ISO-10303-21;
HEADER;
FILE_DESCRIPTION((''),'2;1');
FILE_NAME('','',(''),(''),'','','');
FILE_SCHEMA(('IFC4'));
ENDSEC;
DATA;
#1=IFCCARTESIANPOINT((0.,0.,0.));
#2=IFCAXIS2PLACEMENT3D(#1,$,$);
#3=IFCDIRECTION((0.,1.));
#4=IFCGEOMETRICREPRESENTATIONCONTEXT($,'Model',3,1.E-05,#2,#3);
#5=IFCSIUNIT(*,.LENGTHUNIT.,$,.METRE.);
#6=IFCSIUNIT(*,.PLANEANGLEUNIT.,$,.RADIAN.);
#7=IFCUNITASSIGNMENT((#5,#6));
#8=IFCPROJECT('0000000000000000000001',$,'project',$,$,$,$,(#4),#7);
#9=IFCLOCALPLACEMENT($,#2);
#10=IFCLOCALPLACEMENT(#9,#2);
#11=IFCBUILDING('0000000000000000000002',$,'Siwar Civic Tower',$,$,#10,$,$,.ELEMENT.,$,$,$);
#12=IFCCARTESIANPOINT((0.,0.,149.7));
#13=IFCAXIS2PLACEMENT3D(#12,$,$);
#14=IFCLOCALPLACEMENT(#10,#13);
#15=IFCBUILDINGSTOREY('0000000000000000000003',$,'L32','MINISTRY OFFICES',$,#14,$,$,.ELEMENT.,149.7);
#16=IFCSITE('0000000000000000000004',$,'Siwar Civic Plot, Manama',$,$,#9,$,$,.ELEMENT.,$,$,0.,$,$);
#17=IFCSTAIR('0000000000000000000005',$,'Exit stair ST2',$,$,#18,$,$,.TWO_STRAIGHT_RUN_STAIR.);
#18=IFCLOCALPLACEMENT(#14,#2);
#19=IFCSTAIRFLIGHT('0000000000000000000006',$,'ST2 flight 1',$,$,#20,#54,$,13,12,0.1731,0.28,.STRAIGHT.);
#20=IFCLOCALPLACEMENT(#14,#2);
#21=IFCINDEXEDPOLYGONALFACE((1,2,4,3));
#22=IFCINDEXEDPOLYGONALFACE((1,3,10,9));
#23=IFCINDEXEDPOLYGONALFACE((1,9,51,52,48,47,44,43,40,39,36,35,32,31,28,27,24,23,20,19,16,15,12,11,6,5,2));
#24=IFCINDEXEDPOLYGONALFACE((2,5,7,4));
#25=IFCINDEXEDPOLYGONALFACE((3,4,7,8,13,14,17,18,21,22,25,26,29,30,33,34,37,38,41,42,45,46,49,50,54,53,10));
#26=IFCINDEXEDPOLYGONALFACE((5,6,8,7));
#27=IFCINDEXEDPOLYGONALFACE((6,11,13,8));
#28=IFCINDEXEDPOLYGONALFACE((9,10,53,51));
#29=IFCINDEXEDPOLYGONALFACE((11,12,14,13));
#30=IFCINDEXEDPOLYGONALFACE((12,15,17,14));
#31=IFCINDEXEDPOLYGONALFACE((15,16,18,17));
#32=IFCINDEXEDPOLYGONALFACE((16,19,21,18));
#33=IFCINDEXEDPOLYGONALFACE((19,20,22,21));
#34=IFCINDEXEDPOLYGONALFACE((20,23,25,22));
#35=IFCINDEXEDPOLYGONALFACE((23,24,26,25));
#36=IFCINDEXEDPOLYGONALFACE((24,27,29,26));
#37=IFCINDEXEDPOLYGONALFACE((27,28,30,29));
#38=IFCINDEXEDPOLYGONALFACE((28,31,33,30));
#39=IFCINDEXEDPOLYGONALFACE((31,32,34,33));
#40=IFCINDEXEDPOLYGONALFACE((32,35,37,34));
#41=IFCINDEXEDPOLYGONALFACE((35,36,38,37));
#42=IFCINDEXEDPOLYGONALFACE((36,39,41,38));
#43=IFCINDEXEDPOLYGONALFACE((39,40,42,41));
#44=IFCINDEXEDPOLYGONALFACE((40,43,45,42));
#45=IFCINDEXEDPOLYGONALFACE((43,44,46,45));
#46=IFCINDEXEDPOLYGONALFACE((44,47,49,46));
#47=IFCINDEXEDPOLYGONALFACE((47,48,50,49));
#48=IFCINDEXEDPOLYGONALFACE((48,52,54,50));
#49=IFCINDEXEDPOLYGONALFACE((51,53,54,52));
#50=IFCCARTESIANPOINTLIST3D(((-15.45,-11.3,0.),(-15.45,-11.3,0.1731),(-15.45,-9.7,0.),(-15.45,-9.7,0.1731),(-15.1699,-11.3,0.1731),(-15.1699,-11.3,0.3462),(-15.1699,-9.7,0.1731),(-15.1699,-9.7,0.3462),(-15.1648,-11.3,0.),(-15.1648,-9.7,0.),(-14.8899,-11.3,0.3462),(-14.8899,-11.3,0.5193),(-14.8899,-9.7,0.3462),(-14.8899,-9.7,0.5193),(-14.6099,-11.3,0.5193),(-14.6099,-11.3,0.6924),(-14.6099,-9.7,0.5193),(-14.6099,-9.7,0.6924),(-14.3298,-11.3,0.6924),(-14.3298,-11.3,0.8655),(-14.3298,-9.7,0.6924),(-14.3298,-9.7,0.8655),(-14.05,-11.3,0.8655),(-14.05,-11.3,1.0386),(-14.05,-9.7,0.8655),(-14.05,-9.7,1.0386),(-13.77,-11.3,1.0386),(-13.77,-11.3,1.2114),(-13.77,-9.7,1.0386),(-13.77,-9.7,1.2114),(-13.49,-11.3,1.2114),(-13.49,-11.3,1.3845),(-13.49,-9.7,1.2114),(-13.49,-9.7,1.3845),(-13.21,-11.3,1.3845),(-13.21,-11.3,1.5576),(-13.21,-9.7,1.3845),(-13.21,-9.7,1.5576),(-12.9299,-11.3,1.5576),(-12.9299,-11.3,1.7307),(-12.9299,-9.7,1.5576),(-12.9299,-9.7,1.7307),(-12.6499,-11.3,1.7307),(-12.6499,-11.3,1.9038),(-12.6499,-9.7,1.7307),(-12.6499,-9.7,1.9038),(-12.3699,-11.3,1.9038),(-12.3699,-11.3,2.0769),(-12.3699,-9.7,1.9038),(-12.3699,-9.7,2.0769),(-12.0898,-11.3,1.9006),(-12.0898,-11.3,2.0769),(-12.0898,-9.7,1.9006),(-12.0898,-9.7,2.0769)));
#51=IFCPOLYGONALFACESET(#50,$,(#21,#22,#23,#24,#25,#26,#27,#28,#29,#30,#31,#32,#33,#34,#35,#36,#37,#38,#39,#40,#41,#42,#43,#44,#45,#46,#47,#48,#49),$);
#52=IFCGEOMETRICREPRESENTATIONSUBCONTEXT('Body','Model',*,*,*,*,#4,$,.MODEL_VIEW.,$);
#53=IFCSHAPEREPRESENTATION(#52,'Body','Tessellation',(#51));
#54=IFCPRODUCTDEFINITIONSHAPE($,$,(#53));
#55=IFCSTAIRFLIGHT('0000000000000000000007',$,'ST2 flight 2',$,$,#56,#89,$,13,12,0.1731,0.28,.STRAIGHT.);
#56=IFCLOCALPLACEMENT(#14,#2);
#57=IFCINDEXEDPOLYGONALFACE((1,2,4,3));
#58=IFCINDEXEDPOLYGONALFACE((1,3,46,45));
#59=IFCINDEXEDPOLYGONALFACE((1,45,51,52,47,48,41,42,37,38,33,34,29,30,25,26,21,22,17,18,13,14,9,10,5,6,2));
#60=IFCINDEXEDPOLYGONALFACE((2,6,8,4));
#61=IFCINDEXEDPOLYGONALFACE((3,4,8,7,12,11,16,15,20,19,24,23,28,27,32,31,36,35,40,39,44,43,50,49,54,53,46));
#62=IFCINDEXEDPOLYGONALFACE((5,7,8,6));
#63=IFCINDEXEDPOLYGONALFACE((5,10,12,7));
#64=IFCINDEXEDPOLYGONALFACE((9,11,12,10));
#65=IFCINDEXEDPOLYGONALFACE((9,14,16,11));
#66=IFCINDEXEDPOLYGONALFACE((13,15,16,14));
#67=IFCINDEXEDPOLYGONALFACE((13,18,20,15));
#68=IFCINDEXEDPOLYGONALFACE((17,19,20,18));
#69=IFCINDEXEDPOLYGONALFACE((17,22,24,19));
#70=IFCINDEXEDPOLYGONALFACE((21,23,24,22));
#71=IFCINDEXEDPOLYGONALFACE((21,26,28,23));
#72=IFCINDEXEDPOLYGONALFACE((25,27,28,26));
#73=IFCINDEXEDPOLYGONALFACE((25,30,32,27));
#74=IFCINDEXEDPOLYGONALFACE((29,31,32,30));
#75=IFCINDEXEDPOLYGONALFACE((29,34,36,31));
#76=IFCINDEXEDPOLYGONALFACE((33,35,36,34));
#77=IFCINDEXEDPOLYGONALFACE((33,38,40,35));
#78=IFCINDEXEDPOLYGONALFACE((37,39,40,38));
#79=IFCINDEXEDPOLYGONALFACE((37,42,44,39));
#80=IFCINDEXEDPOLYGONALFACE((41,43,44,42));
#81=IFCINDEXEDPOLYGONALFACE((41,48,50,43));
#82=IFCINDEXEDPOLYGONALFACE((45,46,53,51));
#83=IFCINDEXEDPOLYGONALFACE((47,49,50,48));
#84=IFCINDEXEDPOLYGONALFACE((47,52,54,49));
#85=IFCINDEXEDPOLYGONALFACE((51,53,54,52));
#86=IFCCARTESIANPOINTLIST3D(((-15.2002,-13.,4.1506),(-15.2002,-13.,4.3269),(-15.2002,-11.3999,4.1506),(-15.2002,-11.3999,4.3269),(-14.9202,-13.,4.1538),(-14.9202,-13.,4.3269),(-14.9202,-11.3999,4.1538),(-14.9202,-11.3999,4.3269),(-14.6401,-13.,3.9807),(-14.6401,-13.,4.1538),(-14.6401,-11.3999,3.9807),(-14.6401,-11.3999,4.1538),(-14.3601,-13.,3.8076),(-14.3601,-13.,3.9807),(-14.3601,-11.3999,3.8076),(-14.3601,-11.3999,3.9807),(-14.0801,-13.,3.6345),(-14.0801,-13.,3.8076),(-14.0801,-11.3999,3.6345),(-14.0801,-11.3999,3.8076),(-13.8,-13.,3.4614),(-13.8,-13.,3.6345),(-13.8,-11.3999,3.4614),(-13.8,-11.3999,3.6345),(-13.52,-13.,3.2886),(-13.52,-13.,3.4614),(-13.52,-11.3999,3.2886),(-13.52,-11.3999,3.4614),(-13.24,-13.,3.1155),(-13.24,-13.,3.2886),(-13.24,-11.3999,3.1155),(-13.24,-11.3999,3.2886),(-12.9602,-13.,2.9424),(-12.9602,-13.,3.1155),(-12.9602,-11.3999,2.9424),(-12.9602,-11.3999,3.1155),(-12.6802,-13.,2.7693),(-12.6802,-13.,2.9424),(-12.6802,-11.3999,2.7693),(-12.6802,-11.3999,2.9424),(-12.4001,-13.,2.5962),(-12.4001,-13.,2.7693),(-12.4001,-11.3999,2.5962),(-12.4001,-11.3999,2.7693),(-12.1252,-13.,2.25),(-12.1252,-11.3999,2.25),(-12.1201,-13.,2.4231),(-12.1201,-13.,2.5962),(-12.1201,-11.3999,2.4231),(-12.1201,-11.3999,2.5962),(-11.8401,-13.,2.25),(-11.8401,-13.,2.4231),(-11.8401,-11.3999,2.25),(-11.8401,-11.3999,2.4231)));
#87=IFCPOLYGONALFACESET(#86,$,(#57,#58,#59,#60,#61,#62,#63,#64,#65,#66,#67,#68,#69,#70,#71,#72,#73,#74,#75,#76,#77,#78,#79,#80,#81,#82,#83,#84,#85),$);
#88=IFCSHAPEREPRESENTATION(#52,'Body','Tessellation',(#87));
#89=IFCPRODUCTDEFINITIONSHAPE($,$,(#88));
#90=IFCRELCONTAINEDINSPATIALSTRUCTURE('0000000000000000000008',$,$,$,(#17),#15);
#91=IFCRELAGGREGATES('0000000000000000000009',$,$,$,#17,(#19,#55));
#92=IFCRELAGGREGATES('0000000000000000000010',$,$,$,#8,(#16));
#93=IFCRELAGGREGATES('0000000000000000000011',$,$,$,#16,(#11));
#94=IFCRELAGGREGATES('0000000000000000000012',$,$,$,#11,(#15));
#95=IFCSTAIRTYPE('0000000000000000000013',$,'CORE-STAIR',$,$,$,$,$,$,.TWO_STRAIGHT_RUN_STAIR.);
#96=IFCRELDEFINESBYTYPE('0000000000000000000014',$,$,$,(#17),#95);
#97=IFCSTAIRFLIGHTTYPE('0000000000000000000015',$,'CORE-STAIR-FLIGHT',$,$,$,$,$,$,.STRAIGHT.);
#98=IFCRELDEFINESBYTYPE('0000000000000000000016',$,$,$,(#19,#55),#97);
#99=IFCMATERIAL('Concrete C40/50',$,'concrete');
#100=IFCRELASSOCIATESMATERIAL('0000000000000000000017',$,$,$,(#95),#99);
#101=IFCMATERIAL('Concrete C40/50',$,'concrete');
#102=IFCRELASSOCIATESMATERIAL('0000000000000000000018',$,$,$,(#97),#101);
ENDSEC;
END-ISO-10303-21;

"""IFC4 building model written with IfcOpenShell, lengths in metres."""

from ifc_helpers import new_model, si_unit, direction, frame, origin, place, context, subcontext, project, spatial, polyline, outline, extrude, material, type_object, element, aggregate, save


model = new_model("IFC4")

# Units and contexts
model_context = context("Model", 3, precision=1e-05, world=origin(), true_north=direction((0.0, 1.0)))
body_context = subcontext(model_context, "Body", "Model", "MODEL_VIEW")
ifc_project = project(units=[si_unit("LENGTHUNIT", "METRE"), si_unit("PLANEANGLEUNIT", "RADIAN")], contexts=[model_context])

# Site, building, storey
site_placement = place(None, origin())
site = spatial("IfcSite", under=ifc_project, at=site_placement, Name="Siwar Civic Plot, Manama", CompositionType="ELEMENT", RefElevation=0.0)
building_placement = place(site_placement, origin())
building = spatial("IfcBuilding", under=site, at=building_placement, Name="Siwar Civic Tower", CompositionType="ELEMENT")
storey_placement = place(building_placement, frame((0.0, 0.0, 149.7)))
storey = spatial("IfcBuildingStorey", under=building, at=storey_placement, Name="L32", Description="MINISTRY OFFICES", CompositionType="ELEMENT", Elevation=149.7)

# Stair, stair flights
ifc_material_1 = material(Name="Concrete C40/50", Category="concrete")
stair_type = type_object("IfcStairType", Name="CORE-STAIR", PredefinedType="TWO_STRAIGHT_RUN_STAIR", material=ifc_material_1)
stair_placement = place(storey_placement, origin())
stair = element("IfcStair", 1, at=stair_placement, inside=storey, type_object=stair_type, Name="Exit stair ST2", PredefinedType="TWO_STRAIGHT_RUN_STAIR")
ifc_material_2 = material(Name="Concrete C40/50", Category="concrete")
stair_flight_type = type_object("IfcStairFlightType", Name="CORE-STAIR-FLIGHT", PredefinedType="STRAIGHT", material=ifc_material_2)
stair_flight_1_placement = place(storey_placement, frame((-15.45, -10.5, 0.0), z_axis=(0.0, 0.0, 1.0), x_axis=(1.0, 0.0, 0.0)))
stair_flight_1 = element("IfcStairFlight", 2, at=stair_flight_1_placement, type_object=stair_flight_type, Name="ST2 flight 1", NumberOfRisers=13, NumberOfTreads=12, PredefinedType="STRAIGHT", RiserHeight=0.1731, TreadLength=0.28, context=body_context, shape_type="SweptSolid", body=[
    extrude(outline(polyline([(0.0, 0.0), (0.0, 0.1731), (0.28, 0.1731), (0.28, 0.3462), (0.5601, 0.3462), (0.5601, 0.5193), (0.8401, 0.5193), (0.8401, 0.6924), (1.1201, 0.6924), (1.1201, 0.8655), (1.3999, 0.8655), (1.3999, 1.0386), (1.6799, 1.0386), (1.6799, 1.2114), (1.96, 1.2114), (1.96, 1.3845), (2.24, 1.3845), (2.24, 1.5576), (2.52, 1.5576), (2.52, 1.7307), (2.8, 1.7307), (2.8, 1.9038), (3.0801, 1.9038), (3.0801, 2.0769), (3.3601, 2.0769), (3.3601, 2.25), (3.3601, 1.9006), (0.2852, 0.0), (0.0, 0.0)])), frame((0.0, 0.8, 0.0), z_axis=(0.0, -1.0, 0.0), x_axis=(1.0, 0.0, 0.0)), (0.0, 0.0, 1.0), 1.6001),
])
stair_flight_2_placement = place(storey_placement, frame((-11.8401, -12.2, 2.25), z_axis=(0.0, 0.0, 1.0), x_axis=(-1.0, 0.0, 0.0)))
stair_flight_2 = element("IfcStairFlight", 3, at=stair_flight_2_placement, type_object=stair_flight_type, Name="ST2 flight 2", NumberOfRisers=13, NumberOfTreads=12, PredefinedType="STRAIGHT", RiserHeight=0.1731, TreadLength=0.28, context=body_context, shape_type="SweptSolid", body=[
    extrude(outline(polyline([(0.0, 0.0), (0.0, 0.1731), (0.28, 0.1731), (0.28, 0.3462), (0.5601, 0.3462), (0.5601, 0.5193), (0.8401, 0.5193), (0.8401, 0.6924), (1.1201, 0.6924), (1.1201, 0.8655), (1.3999, 0.8655), (1.3999, 1.0386), (1.6799, 1.0386), (1.6799, 1.2114), (1.96, 1.2114), (1.96, 1.3845), (2.24, 1.3845), (2.24, 1.5576), (2.52, 1.5576), (2.52, 1.7307), (2.8, 1.7307), (2.8, 1.9038), (3.0801, 1.9038), (3.0801, 2.0769), (3.3601, 2.0769), (3.3601, 2.25), (3.3601, 1.9006), (0.2852, 0.0), (0.0, 0.0)])), frame((0.0, 0.8, 0.0), z_axis=(0.0, -1.0, 0.0), x_axis=(1.0, 0.0, 0.0)), (0.0, 0.0, 1.0), 1.6001),
])
aggregate(stair, [stair_flight_1, stair_flight_2])

save(model, "model.ifc")
